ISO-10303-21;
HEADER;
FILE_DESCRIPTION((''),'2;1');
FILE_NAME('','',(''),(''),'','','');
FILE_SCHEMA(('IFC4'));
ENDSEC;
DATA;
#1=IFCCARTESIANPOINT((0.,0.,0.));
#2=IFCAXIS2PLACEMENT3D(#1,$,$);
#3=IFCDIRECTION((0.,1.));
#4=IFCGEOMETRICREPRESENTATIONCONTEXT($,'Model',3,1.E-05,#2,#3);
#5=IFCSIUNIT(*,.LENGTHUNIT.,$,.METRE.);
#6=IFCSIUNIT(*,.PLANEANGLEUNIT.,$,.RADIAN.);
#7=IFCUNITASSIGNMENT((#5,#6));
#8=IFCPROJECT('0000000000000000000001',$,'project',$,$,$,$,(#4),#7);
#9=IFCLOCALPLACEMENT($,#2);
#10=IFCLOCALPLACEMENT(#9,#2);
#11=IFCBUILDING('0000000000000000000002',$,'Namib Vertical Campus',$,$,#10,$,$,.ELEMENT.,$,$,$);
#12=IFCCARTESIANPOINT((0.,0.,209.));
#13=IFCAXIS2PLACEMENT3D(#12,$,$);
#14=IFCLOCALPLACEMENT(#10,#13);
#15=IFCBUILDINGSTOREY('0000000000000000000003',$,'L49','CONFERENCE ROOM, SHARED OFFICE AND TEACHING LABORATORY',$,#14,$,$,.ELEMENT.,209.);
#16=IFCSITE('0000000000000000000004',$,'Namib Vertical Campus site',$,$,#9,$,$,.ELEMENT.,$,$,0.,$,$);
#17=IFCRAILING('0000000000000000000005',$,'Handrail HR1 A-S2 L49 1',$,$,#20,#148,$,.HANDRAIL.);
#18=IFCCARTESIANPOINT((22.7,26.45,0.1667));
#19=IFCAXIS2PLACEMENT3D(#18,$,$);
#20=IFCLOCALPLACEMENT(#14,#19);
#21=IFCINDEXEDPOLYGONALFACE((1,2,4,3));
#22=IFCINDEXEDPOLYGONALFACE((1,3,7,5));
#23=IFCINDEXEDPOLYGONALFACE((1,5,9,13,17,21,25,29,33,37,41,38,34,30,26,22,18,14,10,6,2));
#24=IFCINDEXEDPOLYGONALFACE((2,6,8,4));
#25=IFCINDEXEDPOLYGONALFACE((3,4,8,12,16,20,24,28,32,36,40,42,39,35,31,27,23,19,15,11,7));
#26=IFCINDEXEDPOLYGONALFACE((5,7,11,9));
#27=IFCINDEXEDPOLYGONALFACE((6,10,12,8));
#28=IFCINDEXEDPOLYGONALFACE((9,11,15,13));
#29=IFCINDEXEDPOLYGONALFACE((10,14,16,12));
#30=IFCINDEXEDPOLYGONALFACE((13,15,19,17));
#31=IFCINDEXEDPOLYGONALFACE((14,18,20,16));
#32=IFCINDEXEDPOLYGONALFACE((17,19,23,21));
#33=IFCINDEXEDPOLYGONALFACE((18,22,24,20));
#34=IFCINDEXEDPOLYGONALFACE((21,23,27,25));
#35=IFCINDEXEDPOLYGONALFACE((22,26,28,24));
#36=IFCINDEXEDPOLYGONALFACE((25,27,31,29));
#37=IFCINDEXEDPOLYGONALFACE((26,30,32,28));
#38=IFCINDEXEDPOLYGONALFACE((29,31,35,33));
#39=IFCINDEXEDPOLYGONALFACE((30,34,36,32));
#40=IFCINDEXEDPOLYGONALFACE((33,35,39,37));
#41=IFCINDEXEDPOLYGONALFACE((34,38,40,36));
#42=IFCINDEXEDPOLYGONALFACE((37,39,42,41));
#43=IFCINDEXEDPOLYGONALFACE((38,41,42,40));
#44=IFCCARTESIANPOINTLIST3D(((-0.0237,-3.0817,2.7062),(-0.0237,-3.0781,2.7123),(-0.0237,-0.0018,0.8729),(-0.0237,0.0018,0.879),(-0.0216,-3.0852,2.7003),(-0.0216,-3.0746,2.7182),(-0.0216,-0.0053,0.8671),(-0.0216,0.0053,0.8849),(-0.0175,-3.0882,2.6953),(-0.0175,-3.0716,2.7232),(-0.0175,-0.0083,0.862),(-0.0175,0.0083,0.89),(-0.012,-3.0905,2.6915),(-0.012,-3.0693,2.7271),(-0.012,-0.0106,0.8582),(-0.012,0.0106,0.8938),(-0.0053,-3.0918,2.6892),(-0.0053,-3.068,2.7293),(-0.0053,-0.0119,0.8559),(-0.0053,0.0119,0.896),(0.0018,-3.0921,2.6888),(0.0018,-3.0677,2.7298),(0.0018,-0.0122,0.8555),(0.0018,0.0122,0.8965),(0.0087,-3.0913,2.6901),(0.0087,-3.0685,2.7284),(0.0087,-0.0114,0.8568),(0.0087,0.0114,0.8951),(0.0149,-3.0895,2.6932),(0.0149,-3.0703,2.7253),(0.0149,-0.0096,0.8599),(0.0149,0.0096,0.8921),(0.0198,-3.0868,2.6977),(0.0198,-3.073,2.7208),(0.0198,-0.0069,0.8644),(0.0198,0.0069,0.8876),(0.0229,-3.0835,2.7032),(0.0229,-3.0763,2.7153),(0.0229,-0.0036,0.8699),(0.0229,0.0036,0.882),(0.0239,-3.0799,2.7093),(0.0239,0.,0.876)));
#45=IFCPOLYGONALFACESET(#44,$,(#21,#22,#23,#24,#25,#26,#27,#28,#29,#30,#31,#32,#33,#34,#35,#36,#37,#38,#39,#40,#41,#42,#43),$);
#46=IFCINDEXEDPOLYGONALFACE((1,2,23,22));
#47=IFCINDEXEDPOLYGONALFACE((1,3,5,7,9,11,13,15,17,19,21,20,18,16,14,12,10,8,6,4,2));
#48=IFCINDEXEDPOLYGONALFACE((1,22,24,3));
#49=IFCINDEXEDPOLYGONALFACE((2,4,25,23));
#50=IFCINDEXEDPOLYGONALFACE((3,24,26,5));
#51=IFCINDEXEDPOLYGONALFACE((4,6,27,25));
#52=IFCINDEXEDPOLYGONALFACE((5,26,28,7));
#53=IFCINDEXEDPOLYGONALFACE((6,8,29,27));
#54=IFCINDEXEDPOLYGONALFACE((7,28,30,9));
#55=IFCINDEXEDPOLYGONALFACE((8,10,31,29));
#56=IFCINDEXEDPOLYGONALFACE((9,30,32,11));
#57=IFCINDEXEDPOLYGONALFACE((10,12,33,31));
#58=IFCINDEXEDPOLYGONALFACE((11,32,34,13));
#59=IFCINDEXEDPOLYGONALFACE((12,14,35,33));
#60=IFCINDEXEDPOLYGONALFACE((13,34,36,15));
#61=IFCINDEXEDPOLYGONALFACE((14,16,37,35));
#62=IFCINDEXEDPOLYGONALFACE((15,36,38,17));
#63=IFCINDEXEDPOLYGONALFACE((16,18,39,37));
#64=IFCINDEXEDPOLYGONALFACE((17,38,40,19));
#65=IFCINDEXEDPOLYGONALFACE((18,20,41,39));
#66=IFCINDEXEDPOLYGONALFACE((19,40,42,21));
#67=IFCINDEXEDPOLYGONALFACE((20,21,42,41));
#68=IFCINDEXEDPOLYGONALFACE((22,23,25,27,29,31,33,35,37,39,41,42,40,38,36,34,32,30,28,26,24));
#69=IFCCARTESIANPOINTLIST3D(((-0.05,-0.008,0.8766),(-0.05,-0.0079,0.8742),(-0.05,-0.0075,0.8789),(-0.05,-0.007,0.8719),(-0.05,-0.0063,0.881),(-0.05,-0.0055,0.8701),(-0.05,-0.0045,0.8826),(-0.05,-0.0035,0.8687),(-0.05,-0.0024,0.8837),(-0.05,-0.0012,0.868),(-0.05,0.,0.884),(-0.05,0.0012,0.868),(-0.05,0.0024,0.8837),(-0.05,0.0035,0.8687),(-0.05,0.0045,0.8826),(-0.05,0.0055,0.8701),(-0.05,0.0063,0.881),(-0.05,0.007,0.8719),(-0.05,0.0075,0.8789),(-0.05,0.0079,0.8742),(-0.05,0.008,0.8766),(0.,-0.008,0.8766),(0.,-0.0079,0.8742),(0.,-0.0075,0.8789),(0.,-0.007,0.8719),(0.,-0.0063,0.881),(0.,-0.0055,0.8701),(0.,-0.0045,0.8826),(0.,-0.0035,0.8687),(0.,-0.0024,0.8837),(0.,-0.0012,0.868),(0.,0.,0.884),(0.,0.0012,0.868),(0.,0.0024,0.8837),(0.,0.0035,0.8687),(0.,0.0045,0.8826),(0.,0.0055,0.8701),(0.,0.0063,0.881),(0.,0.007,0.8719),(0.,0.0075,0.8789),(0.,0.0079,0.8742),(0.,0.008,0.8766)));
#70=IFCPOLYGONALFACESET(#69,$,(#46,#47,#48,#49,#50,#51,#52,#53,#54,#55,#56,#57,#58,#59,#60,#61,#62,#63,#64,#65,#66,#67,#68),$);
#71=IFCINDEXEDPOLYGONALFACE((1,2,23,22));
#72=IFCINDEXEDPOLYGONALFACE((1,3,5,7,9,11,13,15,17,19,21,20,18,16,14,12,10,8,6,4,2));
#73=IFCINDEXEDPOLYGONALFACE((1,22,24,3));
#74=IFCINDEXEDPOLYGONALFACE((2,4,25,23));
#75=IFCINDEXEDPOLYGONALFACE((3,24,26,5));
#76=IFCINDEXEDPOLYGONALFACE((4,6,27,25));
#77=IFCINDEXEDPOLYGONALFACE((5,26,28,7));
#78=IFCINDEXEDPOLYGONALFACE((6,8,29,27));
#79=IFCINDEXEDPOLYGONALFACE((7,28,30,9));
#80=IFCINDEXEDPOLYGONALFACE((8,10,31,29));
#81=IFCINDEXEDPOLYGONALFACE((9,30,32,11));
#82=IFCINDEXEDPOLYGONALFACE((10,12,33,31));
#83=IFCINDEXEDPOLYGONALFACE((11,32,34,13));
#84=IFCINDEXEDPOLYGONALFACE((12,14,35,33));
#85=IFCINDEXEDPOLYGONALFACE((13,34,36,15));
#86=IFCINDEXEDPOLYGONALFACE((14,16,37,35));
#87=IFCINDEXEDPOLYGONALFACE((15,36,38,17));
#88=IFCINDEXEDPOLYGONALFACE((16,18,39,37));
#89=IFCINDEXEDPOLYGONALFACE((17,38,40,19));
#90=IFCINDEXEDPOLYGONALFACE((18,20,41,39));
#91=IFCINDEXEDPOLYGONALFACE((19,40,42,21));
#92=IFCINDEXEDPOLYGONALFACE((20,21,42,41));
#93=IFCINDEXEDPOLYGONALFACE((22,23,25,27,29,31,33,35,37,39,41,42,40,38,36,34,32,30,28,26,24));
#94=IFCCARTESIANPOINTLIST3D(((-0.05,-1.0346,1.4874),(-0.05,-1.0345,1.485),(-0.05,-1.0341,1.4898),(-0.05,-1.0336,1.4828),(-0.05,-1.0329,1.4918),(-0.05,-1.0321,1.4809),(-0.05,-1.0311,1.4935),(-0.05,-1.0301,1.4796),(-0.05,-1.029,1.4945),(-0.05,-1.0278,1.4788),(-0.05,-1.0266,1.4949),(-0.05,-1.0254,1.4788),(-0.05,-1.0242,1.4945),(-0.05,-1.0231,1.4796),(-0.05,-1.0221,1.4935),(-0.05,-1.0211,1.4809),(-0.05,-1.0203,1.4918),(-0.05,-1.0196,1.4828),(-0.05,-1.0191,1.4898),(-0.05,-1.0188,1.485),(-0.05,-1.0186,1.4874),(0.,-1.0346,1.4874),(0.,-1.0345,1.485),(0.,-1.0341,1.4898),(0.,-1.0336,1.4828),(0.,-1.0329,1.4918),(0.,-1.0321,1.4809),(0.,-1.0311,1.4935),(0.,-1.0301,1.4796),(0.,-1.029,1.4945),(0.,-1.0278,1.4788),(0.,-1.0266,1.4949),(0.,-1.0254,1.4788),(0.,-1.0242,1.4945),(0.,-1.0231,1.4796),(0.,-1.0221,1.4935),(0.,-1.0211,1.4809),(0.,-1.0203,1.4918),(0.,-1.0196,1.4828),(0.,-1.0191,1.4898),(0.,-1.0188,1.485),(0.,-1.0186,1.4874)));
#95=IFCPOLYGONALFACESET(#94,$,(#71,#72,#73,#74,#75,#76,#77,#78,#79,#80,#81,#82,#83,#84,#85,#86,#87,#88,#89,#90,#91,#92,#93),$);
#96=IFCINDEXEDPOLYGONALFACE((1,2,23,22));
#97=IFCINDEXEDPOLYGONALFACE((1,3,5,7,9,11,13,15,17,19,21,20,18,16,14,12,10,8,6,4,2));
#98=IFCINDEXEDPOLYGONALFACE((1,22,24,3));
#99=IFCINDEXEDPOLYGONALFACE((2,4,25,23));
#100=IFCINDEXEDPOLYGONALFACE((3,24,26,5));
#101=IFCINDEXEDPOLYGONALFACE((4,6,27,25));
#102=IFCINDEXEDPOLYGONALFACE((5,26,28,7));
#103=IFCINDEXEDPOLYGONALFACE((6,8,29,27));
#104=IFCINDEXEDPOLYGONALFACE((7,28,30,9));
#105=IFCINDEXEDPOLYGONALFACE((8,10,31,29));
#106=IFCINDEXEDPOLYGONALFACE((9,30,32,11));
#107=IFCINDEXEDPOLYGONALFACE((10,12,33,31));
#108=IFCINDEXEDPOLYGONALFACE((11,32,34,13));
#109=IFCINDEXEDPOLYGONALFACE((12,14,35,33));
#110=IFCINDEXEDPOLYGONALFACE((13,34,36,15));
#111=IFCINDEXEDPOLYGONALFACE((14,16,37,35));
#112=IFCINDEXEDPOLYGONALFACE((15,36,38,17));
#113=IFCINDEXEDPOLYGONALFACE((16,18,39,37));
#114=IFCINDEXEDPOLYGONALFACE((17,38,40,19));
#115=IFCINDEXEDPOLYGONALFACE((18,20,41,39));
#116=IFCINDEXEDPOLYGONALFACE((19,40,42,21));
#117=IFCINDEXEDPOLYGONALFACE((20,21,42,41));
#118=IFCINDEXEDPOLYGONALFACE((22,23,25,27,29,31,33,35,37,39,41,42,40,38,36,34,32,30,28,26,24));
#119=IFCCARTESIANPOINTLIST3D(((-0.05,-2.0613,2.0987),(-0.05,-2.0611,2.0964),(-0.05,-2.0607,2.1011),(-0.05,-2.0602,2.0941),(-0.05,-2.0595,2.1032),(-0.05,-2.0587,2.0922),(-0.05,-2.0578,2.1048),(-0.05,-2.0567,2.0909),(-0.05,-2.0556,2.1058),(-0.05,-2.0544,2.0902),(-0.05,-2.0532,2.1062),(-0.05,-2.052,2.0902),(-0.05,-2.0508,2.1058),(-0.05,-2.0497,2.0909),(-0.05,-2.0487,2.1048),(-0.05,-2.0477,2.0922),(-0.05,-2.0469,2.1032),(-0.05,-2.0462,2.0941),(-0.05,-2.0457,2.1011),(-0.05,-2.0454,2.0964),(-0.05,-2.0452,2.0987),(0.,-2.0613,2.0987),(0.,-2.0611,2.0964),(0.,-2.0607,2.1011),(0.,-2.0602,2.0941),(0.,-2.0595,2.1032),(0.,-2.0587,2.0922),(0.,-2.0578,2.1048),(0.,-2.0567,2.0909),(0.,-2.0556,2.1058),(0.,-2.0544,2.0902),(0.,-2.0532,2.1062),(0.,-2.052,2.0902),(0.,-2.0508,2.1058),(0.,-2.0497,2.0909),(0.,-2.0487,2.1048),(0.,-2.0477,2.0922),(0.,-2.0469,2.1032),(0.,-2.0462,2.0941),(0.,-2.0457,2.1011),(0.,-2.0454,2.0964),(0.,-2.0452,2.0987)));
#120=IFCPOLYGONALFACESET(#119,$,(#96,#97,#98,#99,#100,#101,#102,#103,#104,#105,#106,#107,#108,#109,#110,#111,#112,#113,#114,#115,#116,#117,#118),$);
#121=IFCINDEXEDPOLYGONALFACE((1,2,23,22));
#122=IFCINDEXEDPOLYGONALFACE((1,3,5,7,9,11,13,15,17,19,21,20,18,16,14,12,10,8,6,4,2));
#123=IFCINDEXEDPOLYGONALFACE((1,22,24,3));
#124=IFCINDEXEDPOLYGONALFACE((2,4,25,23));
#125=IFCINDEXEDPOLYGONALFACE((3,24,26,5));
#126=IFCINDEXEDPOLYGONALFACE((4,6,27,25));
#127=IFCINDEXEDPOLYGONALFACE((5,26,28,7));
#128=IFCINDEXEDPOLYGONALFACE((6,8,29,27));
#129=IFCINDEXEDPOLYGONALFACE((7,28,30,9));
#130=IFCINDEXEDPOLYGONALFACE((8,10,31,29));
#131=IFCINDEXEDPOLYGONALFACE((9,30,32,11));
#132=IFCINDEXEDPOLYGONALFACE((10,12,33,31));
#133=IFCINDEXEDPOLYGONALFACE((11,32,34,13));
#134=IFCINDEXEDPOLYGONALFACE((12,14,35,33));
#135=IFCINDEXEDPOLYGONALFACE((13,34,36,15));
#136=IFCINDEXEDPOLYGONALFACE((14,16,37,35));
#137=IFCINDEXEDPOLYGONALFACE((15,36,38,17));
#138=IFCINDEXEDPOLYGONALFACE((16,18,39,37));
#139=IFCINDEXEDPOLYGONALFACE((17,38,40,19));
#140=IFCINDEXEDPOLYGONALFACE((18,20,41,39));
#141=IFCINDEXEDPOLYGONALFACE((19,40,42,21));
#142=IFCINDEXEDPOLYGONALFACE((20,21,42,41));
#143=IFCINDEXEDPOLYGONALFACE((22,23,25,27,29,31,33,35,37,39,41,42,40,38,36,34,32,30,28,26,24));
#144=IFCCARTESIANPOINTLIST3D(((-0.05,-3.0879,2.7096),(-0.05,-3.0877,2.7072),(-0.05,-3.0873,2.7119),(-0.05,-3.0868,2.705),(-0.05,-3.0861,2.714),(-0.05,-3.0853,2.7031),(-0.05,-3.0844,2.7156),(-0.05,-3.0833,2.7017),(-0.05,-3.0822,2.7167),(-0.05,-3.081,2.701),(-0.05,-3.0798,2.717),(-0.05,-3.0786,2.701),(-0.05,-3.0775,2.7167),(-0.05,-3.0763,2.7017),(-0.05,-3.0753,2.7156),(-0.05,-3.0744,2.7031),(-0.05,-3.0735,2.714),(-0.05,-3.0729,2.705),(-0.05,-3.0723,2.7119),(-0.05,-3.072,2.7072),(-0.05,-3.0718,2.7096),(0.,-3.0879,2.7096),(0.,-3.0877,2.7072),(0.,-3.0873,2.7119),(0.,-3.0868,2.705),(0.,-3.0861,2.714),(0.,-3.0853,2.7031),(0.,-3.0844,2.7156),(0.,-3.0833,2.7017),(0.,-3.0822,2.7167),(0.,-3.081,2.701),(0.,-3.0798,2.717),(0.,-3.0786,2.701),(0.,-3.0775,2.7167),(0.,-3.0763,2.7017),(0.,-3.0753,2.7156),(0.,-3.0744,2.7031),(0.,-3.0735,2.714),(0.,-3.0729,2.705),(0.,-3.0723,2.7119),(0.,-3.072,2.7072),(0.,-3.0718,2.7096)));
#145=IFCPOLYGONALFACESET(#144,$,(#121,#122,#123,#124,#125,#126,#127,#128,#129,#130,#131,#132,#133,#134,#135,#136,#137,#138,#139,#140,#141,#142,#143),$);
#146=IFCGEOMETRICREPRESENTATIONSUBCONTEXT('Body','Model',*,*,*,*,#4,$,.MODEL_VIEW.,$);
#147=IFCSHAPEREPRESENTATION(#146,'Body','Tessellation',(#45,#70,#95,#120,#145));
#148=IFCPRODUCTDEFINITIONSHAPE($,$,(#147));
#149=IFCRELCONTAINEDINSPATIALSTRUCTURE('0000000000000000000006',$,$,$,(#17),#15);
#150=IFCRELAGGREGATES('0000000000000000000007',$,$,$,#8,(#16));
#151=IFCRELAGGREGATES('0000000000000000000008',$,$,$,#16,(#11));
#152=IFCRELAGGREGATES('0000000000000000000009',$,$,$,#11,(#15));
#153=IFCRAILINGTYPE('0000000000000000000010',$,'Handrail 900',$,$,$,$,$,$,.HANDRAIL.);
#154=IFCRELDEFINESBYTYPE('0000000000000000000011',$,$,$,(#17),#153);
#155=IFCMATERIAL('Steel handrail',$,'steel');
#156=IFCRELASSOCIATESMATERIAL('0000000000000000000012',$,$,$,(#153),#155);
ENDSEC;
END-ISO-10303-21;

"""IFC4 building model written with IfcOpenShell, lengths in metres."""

from ifc_helpers import new_model, si_unit, direction, frame, origin, origin_2d, place, context, subcontext, project, spatial, circle, extrude, material, type_object, element, save


model = new_model("IFC4")

# Units and contexts
model_context = context("Model", 3, precision=1e-05, world=origin(), true_north=direction((0.0, 1.0)))
body_context = subcontext(model_context, "Body", "Model", "MODEL_VIEW")
ifc_project = project(units=[si_unit("LENGTHUNIT", "METRE"), si_unit("PLANEANGLEUNIT", "RADIAN")], contexts=[model_context])

# Site, building, storey
site_placement = place(None, origin())
site = spatial("IfcSite", under=ifc_project, at=site_placement, Name="Namib Vertical Campus site", CompositionType="ELEMENT", RefElevation=0.0)
building_placement = place(site_placement, origin())
building = spatial("IfcBuilding", under=site, at=building_placement, Name="Namib Vertical Campus", CompositionType="ELEMENT")
storey_placement = place(building_placement, frame((0.0, 0.0, 209.0)))
storey = spatial("IfcBuildingStorey", under=building, at=storey_placement, Name="L49", Description="CONFERENCE ROOM, SHARED OFFICE AND TEACHING LABORATORY", CompositionType="ELEMENT", Elevation=209.0)

# Railing
ifc_material_1 = material(Name="Steel handrail", Category="steel")
railing_type_1 = type_object("IfcRailingType", Name="Handrail 900", PredefinedType="HANDRAIL", material=ifc_material_1)
railing_1_placement = place(storey_placement, frame((22.7, 26.45, 0.1667)))
element("IfcRailing", 1, at=railing_1_placement, inside=storey, type_object=railing_type_1, Name="Handrail HR1 A-S2 L49 1", PredefinedType="HANDRAIL", context=body_context, shape_type="SweptSolid", body=[
    extrude(circle(Radius=0.0239, at=origin_2d()), frame((0.0, 0.0, 0.876), z_axis=(0.0, -0.859291, 0.511487), x_axis=(1.0, 0.0, 0.0)), (0.0, 0.0, 1.0), 3.5842),
    extrude(circle(Radius=0.0081, at=origin_2d()), frame((0.0, 0.0, 0.876), z_axis=(-1.0, 0.0, 0.0), x_axis=(0.0, 0.0, 1.0)), (0.0, 0.0, 1.0), 0.05),
    extrude(circle(Radius=0.0081, at=origin_2d()), frame((0.0, -1.0266, 1.4868), z_axis=(-1.0, 0.0, 0.0), x_axis=(0.0, 0.0, 1.0)), (0.0, 0.0, 1.0), 0.05),
    extrude(circle(Radius=0.0081, at=origin_2d()), frame((0.0, -2.0532, 2.0981), z_axis=(-1.0, 0.0, 0.0), x_axis=(0.0, 0.0, 1.0)), (0.0, 0.0, 1.0), 0.05),
    extrude(circle(Radius=0.0081, at=origin_2d()), frame((0.0, -3.0798, 2.709), z_axis=(-1.0, 0.0, 0.0), x_axis=(0.0, 0.0, 1.0)), (0.0, 0.0, 1.0), 0.05),
])

save(model, "model.ifc")
